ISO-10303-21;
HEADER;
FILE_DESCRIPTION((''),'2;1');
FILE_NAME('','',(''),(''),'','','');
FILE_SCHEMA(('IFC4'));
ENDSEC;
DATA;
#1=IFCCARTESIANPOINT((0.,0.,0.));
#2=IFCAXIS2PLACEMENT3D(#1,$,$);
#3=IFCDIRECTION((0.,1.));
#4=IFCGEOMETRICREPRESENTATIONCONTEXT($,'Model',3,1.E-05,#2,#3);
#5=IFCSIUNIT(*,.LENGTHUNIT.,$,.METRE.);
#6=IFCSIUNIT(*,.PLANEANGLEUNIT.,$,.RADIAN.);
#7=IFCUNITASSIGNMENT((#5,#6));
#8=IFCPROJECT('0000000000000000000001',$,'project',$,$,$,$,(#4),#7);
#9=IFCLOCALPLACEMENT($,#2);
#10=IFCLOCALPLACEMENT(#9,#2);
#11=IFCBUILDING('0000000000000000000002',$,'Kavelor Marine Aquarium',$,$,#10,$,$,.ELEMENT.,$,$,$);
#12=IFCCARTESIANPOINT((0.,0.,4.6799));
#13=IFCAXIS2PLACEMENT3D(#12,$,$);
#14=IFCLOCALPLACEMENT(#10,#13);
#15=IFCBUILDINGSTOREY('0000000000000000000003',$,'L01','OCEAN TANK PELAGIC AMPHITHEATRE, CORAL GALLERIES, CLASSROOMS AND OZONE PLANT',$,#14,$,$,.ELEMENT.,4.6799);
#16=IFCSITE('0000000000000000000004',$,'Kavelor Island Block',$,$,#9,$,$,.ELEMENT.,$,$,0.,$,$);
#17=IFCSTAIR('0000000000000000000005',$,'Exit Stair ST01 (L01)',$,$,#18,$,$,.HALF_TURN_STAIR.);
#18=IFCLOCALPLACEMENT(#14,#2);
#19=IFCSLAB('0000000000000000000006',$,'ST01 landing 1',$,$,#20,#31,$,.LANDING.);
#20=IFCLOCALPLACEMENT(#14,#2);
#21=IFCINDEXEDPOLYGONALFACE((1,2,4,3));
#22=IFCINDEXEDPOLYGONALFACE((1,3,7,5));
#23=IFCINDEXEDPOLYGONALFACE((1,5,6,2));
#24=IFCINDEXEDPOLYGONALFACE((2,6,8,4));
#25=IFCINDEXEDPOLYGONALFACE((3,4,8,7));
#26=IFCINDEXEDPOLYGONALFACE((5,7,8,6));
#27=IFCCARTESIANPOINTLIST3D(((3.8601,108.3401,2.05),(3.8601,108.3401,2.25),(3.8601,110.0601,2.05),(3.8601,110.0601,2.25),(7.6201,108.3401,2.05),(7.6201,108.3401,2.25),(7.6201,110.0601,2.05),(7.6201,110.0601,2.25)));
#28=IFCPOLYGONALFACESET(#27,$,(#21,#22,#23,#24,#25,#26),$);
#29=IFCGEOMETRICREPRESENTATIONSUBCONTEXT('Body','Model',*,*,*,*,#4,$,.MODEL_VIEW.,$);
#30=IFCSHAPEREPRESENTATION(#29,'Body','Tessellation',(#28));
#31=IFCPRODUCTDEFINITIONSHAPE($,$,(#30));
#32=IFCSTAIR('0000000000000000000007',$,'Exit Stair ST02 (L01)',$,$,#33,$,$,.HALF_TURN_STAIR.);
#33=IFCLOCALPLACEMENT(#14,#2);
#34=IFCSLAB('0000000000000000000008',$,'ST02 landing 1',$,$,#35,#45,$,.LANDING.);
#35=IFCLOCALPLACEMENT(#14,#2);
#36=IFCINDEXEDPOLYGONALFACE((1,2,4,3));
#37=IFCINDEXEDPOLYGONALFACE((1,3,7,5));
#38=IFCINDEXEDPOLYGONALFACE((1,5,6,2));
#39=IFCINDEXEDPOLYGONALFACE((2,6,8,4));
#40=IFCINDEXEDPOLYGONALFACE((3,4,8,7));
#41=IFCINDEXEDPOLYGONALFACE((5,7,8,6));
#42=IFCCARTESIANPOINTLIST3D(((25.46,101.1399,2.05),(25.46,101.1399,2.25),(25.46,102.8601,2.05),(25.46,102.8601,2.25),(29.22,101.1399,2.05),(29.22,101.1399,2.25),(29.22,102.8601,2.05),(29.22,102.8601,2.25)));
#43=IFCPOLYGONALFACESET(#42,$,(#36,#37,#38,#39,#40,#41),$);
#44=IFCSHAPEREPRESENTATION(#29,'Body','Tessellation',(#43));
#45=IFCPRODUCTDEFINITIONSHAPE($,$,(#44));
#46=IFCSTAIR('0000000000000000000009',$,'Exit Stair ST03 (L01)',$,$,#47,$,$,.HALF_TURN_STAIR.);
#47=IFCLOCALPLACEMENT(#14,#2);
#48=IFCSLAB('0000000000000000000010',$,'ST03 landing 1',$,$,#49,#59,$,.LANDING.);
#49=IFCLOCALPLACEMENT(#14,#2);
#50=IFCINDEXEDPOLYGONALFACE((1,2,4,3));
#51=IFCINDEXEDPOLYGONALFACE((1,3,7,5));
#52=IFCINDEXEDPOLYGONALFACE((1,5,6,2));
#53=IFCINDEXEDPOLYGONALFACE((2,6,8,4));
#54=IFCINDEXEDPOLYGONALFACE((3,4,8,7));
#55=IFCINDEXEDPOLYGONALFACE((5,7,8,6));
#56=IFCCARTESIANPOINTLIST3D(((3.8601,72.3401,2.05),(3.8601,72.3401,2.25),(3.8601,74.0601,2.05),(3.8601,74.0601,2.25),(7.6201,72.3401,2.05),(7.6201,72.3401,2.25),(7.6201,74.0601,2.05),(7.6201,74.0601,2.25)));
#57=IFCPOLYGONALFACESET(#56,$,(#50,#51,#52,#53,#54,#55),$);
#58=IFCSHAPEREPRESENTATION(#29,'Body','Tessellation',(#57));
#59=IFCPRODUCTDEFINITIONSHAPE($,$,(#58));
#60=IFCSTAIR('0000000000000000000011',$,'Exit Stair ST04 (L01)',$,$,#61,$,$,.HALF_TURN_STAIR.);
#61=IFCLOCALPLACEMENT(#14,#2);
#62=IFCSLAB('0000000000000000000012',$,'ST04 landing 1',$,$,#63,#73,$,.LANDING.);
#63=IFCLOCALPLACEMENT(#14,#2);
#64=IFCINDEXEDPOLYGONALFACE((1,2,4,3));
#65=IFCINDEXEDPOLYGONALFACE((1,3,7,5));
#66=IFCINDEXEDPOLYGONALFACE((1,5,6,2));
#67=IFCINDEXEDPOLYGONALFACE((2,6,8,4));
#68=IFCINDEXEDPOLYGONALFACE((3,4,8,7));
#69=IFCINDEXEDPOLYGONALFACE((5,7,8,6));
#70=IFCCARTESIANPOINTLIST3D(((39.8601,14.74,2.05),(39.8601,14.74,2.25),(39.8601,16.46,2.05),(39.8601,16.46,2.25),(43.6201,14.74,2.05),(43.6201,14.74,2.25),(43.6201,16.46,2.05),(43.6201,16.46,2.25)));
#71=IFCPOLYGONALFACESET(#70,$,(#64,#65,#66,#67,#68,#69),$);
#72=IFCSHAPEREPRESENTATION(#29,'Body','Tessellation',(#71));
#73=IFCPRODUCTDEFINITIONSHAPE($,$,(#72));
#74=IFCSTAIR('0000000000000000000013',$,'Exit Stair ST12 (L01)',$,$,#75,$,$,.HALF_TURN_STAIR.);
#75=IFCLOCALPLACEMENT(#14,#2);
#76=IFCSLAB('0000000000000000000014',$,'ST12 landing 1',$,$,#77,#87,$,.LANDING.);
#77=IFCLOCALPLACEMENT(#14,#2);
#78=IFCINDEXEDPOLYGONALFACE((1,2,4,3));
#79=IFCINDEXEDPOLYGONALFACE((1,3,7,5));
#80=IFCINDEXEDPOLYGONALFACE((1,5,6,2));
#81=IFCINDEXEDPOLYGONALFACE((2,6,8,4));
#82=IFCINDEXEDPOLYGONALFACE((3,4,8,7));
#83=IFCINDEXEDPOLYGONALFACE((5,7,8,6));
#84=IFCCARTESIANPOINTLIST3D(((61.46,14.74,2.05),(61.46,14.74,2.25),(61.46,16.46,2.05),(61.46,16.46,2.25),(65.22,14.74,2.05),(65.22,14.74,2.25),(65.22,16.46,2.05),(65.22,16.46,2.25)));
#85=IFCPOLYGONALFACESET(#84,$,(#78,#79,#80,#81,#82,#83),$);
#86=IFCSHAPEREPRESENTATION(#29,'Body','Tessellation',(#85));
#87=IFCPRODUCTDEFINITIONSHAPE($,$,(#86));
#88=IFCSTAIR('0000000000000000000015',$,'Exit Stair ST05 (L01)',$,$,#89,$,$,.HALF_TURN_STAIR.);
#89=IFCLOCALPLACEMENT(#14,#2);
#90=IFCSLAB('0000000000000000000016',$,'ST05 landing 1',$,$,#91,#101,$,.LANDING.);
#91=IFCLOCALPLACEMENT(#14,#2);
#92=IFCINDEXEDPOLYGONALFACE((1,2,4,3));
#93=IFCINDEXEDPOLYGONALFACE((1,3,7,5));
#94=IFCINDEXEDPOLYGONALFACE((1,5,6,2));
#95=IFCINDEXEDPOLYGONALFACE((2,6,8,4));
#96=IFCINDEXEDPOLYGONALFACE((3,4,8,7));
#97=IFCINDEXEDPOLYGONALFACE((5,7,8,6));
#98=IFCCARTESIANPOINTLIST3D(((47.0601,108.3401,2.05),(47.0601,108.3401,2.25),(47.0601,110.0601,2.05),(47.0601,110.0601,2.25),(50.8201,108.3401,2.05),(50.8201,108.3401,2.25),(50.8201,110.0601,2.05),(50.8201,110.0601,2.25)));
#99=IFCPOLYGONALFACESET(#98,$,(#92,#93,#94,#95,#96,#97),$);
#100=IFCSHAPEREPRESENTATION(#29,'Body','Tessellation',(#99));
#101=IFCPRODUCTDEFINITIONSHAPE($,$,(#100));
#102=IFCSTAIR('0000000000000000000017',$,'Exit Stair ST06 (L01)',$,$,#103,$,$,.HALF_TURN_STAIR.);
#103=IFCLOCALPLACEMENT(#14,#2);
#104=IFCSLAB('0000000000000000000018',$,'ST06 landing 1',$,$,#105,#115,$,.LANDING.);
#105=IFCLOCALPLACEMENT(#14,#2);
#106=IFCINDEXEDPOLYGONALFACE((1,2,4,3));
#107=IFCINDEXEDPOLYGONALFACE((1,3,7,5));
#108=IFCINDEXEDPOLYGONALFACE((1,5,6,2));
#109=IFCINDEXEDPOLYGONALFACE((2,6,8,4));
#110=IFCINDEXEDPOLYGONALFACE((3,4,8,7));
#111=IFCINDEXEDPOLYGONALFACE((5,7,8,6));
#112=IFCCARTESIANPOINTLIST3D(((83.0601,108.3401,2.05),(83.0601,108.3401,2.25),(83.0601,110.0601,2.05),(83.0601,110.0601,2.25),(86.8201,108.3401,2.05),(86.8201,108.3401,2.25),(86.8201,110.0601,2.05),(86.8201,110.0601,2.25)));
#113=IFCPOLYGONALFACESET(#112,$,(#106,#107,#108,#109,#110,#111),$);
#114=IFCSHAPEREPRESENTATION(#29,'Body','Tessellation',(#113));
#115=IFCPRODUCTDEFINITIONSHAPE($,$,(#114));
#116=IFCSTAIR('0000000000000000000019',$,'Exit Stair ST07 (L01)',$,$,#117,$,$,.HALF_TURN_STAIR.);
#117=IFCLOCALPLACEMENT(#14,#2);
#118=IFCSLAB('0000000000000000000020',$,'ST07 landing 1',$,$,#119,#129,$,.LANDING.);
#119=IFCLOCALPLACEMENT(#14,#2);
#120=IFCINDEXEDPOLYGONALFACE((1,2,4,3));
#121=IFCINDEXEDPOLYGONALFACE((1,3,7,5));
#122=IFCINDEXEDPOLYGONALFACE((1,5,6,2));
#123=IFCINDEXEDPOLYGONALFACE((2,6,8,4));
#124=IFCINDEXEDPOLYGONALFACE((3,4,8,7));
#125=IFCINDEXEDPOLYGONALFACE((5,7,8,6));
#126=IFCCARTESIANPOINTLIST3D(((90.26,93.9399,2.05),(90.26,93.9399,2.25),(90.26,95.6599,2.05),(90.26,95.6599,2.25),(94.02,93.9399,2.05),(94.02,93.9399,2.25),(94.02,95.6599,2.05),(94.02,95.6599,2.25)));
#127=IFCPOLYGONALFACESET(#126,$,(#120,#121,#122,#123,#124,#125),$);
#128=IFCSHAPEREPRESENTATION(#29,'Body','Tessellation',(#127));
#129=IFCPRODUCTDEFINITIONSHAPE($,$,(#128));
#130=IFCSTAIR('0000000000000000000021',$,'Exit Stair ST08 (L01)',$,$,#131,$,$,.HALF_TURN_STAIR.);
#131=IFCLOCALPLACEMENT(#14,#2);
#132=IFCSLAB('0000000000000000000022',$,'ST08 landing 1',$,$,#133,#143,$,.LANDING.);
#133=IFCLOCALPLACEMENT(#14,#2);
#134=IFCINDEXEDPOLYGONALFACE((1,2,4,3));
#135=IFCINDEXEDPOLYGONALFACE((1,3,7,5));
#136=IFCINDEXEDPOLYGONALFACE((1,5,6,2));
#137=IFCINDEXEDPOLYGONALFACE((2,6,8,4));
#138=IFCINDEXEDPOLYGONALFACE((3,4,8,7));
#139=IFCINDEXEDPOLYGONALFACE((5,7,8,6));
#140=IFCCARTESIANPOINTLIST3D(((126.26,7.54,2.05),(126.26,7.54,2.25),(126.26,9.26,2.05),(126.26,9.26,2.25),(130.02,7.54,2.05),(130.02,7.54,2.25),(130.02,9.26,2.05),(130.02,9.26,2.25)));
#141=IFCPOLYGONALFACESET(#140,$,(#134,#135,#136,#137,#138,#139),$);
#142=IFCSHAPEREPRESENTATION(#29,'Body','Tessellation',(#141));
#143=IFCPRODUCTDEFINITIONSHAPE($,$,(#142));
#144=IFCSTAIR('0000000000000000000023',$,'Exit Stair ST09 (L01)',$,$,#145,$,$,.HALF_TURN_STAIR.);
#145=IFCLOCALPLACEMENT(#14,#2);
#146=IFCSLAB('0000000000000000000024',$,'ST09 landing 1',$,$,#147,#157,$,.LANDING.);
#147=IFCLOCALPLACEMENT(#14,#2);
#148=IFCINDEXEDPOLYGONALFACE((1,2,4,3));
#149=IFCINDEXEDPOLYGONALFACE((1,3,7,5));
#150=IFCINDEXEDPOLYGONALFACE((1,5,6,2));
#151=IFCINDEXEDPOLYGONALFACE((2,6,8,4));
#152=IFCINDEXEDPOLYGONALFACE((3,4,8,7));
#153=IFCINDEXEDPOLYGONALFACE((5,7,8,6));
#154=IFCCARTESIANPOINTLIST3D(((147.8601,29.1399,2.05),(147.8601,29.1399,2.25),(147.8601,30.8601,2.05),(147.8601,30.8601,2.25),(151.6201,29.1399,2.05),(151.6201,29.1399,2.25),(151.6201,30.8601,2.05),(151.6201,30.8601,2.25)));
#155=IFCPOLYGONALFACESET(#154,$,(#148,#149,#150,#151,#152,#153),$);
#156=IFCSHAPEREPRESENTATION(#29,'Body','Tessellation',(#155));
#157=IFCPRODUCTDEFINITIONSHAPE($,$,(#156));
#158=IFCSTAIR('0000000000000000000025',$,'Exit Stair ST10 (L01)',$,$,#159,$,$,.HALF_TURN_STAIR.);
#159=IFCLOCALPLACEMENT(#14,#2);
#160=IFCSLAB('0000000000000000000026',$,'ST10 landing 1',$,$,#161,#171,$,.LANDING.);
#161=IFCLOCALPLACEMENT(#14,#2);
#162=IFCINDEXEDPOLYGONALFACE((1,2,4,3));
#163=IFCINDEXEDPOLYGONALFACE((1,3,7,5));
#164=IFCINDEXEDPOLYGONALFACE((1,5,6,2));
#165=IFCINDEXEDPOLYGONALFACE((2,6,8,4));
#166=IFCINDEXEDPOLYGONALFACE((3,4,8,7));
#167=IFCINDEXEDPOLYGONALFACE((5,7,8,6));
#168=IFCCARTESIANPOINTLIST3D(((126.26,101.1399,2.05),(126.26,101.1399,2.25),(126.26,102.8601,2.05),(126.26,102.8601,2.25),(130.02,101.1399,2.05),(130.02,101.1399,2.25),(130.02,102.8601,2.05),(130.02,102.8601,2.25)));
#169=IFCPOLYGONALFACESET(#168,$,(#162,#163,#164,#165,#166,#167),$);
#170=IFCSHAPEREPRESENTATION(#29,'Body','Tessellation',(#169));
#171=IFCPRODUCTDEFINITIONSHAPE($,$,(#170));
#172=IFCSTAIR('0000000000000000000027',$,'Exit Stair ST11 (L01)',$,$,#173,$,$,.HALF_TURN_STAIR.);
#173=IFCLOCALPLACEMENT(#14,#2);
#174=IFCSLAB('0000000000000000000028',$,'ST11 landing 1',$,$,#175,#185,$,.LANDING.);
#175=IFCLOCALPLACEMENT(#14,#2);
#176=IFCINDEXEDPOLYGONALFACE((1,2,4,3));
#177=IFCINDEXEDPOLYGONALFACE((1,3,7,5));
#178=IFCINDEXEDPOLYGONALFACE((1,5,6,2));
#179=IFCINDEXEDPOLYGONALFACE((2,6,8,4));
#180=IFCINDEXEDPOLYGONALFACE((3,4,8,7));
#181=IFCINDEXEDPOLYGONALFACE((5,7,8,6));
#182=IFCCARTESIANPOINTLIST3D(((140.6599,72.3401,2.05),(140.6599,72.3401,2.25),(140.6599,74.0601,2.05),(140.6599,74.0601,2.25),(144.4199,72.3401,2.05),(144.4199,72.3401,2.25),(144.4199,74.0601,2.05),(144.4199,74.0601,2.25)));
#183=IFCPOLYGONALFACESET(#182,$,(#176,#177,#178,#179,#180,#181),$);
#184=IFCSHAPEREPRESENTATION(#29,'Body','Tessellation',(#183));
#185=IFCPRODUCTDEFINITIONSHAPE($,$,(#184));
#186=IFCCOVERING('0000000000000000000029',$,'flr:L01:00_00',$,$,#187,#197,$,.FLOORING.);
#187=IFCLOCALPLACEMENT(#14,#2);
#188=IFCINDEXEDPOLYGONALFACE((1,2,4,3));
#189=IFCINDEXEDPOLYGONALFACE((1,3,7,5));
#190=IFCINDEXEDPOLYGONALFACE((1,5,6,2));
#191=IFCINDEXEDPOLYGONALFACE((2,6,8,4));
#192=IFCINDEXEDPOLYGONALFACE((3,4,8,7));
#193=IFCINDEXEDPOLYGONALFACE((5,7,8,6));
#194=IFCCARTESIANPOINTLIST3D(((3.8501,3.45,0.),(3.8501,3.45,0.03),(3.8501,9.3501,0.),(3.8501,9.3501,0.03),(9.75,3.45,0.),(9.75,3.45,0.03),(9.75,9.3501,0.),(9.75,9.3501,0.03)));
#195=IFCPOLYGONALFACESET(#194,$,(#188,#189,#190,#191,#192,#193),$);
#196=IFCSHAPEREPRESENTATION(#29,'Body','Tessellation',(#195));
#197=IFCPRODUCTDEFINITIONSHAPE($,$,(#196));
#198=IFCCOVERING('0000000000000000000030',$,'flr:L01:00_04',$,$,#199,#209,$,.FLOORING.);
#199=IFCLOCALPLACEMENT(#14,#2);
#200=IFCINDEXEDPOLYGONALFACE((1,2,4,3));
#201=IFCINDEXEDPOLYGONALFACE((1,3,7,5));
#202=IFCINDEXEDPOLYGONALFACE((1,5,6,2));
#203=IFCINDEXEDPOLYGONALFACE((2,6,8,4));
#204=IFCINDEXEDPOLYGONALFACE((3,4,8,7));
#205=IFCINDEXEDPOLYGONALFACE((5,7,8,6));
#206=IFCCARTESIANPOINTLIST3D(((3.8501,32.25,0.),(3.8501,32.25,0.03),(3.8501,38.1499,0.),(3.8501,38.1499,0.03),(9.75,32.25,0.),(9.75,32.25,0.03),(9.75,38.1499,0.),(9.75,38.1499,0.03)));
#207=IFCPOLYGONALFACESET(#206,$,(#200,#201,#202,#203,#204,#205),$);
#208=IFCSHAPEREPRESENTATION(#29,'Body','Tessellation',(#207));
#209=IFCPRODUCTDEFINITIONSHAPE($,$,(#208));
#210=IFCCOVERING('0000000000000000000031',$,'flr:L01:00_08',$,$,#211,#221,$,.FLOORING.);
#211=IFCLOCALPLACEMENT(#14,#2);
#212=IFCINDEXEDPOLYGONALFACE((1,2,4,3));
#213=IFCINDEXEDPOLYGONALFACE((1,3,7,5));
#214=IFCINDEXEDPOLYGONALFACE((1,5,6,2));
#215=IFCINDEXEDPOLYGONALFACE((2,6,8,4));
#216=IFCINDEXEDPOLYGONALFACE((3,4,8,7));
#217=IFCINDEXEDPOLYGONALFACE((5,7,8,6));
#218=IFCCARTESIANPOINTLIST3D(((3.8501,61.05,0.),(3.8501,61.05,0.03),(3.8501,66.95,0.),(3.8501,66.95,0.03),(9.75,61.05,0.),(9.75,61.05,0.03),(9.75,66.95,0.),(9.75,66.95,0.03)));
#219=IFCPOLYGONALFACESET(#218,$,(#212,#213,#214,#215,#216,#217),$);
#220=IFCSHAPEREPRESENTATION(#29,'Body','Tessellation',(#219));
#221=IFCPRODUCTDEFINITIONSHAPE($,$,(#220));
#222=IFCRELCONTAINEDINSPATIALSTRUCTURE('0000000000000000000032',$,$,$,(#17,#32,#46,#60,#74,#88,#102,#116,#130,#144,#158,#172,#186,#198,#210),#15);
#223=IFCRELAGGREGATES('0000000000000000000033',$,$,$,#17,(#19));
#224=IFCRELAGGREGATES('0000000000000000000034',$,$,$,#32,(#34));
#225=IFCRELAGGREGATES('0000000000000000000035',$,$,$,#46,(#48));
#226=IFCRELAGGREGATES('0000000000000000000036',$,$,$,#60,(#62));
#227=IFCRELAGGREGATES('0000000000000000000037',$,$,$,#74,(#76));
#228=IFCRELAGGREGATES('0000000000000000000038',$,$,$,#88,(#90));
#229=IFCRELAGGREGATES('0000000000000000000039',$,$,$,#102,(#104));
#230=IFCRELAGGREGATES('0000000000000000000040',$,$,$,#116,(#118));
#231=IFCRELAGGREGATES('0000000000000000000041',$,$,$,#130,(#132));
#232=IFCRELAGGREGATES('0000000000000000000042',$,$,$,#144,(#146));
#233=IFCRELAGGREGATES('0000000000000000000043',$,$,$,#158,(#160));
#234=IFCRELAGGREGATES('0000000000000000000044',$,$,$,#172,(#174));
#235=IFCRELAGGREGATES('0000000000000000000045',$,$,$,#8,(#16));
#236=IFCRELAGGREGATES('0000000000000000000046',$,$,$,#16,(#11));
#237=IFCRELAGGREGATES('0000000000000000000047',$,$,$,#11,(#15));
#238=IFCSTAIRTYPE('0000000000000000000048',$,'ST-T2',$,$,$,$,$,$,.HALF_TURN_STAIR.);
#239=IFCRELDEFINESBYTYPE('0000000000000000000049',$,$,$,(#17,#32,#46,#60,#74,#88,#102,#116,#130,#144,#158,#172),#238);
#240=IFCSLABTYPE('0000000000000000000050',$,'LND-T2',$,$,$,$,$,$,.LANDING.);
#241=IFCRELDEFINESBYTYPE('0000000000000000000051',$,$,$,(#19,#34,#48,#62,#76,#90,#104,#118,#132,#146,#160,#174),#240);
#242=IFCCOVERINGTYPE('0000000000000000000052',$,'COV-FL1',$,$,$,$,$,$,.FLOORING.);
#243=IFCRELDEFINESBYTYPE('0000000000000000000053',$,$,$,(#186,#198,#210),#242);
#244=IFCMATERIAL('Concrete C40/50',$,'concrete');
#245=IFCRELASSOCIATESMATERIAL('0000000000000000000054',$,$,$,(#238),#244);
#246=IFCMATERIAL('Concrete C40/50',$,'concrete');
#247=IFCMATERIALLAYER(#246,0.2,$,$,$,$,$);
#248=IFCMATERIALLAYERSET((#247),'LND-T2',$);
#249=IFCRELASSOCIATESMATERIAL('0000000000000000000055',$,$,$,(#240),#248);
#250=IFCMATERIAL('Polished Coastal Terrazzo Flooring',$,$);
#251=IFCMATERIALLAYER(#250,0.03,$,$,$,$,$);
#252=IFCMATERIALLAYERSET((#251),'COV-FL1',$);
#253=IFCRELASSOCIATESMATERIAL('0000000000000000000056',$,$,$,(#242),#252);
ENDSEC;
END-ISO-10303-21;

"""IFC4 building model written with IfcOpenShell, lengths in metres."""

from ifc_helpers import new_model, si_unit, direction, frame, origin, place, context, subcontext, project, spatial, polyline, outline, extrude, material, layer, layer_set, type_object, element, aggregate, save


model = new_model("IFC4")

# Units and contexts
model_context = context("Model", 3, precision=1e-05, world=origin(), true_north=direction((0.0, 1.0)))
body_context = subcontext(model_context, "Body", "Model", "MODEL_VIEW")
ifc_project = project(units=[si_unit("LENGTHUNIT", "METRE"), si_unit("PLANEANGLEUNIT", "RADIAN")], contexts=[model_context])

# Site, building, storey
site_placement = place(None, origin())
site = spatial("IfcSite", under=ifc_project, at=site_placement, Name="Kavelor Island Block", CompositionType="ELEMENT", RefElevation=0.0)
building_placement = place(site_placement, origin())
building = spatial("IfcBuilding", under=site, at=building_placement, Name="Kavelor Marine Aquarium", CompositionType="ELEMENT")
storey_placement = place(building_placement, frame((0.0, 0.0, 4.6799)))
storey = spatial("IfcBuildingStorey", under=building, at=storey_placement, Name="L01", Description="OCEAN TANK PELAGIC AMPHITHEATRE, CORAL GALLERIES, CLASSROOMS AND OZONE PLANT", CompositionType="ELEMENT", Elevation=4.6799)

# Stairs, slabs
ifc_material_1 = material(Name="Concrete C40/50", Category="concrete")
stair_type = type_object("IfcStairType", Name="ST-T2", PredefinedType="HALF_TURN_STAIR", material=ifc_material_1)
stair_1_placement = place(storey_placement, origin())
stair_1 = element("IfcStair", 1, at=stair_1_placement, inside=storey, type_object=stair_type, Name="Exit Stair ST01 (L01)", PredefinedType="HALF_TURN_STAIR")
ifc_material_2 = material(Name="Concrete C40/50", Category="concrete")
ifc_layer_1 = layer(ifc_material_2, 0.2)
ifc_layer_set_1 = layer_set([ifc_layer_1], Name="LND-T2")
slab_type = type_object("IfcSlabType", Name="LND-T2", PredefinedType="LANDING", material=ifc_layer_set_1)
slab_1_placement = place(storey_placement, frame((0.0, 0.0, 2.05)))
slab_1 = element("IfcSlab", 2, at=slab_1_placement, type_object=slab_type, Name="ST01 landing 1", PredefinedType="LANDING", context=body_context, shape_type="SweptSolid", body=[
    extrude(outline(polyline([(3.8601, 108.3401), (7.6201, 108.3401), (7.6201, 110.0601), (3.8601, 110.0601), (3.8601, 108.3401)])), origin(), (0.0, 0.0, 1.0), 0.2),
])
aggregate(stair_1, [slab_1])
stair_2_placement = place(storey_placement, origin())
stair_2 = element("IfcStair", 3, at=stair_2_placement, inside=storey, type_object=stair_type, Name="Exit Stair ST02 (L01)", PredefinedType="HALF_TURN_STAIR")
slab_2_placement = place(storey_placement, frame((0.0, 0.0, 2.05)))
slab_2 = element("IfcSlab", 4, at=slab_2_placement, type_object=slab_type, Name="ST02 landing 1", PredefinedType="LANDING", context=body_context, shape_type="SweptSolid", body=[
    extrude(outline(polyline([(25.46, 101.1399), (29.22, 101.1399), (29.22, 102.8601), (25.46, 102.8601), (25.46, 101.1399)])), origin(), (0.0, 0.0, 1.0), 0.2),
])
aggregate(stair_2, [slab_2])
stair_3_placement = place(storey_placement, origin())
stair_3 = element("IfcStair", 5, at=stair_3_placement, inside=storey, type_object=stair_type, Name="Exit Stair ST03 (L01)", PredefinedType="HALF_TURN_STAIR")
slab_3_placement = place(storey_placement, frame((0.0, 0.0, 2.05)))
slab_3 = element("IfcSlab", 6, at=slab_3_placement, type_object=slab_type, Name="ST03 landing 1", PredefinedType="LANDING", context=body_context, shape_type="SweptSolid", body=[
    extrude(outline(polyline([(3.8601, 72.3401), (7.6201, 72.3401), (7.6201, 74.0601), (3.8601, 74.0601), (3.8601, 72.3401)])), origin(), (0.0, 0.0, 1.0), 0.2),
])
aggregate(stair_3, [slab_3])
stair_4_placement = place(storey_placement, origin())
stair_4 = element("IfcStair", 7, at=stair_4_placement, inside=storey, type_object=stair_type, Name="Exit Stair ST04 (L01)", PredefinedType="HALF_TURN_STAIR")
slab_4_placement = place(storey_placement, frame((0.0, 0.0, 2.05)))
slab_4 = element("IfcSlab", 8, at=slab_4_placement, type_object=slab_type, Name="ST04 landing 1", PredefinedType="LANDING", context=body_context, shape_type="SweptSolid", body=[
    extrude(outline(polyline([(39.8601, 14.74), (43.6201, 14.74), (43.6201, 16.46), (39.8601, 16.46), (39.8601, 14.74)])), origin(), (0.0, 0.0, 1.0), 0.2),
])
aggregate(stair_4, [slab_4])
stair_5_placement = place(storey_placement, origin())
stair_5 = element("IfcStair", 9, at=stair_5_placement, inside=storey, type_object=stair_type, Name="Exit Stair ST12 (L01)", PredefinedType="HALF_TURN_STAIR")
slab_5_placement = place(storey_placement, frame((0.0, 0.0, 2.05)))
slab_5 = element("IfcSlab", 10, at=slab_5_placement, type_object=slab_type, Name="ST12 landing 1", PredefinedType="LANDING", context=body_context, shape_type="SweptSolid", body=[
    extrude(outline(polyline([(61.46, 14.74), (65.22, 14.74), (65.22, 16.46), (61.46, 16.46), (61.46, 14.74)])), origin(), (0.0, 0.0, 1.0), 0.2),
])
aggregate(stair_5, [slab_5])
stair_6_placement = place(storey_placement, origin())
stair_6 = element("IfcStair", 11, at=stair_6_placement, inside=storey, type_object=stair_type, Name="Exit Stair ST05 (L01)", PredefinedType="HALF_TURN_STAIR")
slab_6_placement = place(storey_placement, frame((0.0, 0.0, 2.05)))
slab_6 = element("IfcSlab", 12, at=slab_6_placement, type_object=slab_type, Name="ST05 landing 1", PredefinedType="LANDING", context=body_context, shape_type="SweptSolid", body=[
    extrude(outline(polyline([(47.0601, 108.3401), (50.8201, 108.3401), (50.8201, 110.0601), (47.0601, 110.0601), (47.0601, 108.3401)])), origin(), (0.0, 0.0, 1.0), 0.2),
])
aggregate(stair_6, [slab_6])
stair_7_placement = place(storey_placement, origin())
stair_7 = element("IfcStair", 13, at=stair_7_placement, inside=storey, type_object=stair_type, Name="Exit Stair ST06 (L01)", PredefinedType="HALF_TURN_STAIR")
slab_7_placement = place(storey_placement, frame((0.0, 0.0, 2.05)))
slab_7 = element("IfcSlab", 14, at=slab_7_placement, type_object=slab_type, Name="ST06 landing 1", PredefinedType="LANDING", context=body_context, shape_type="SweptSolid", body=[
    extrude(outline(polyline([(83.0601, 108.3401), (86.8201, 108.3401), (86.8201, 110.0601), (83.0601, 110.0601), (83.0601, 108.3401)])), origin(), (0.0, 0.0, 1.0), 0.2),
])
aggregate(stair_7, [slab_7])
stair_8_placement = place(storey_placement, origin())
stair_8 = element("IfcStair", 15, at=stair_8_placement, inside=storey, type_object=stair_type, Name="Exit Stair ST07 (L01)", PredefinedType="HALF_TURN_STAIR")
slab_8_placement = place(storey_placement, frame((0.0, 0.0, 2.05)))
slab_8 = element("IfcSlab", 16, at=slab_8_placement, type_object=slab_type, Name="ST07 landing 1", PredefinedType="LANDING", context=body_context, shape_type="SweptSolid", body=[
    extrude(outline(polyline([(90.26, 93.9399), (94.02, 93.9399), (94.02, 95.6599), (90.26, 95.6599), (90.26, 93.9399)])), origin(), (0.0, 0.0, 1.0), 0.2),
])
aggregate(stair_8, [slab_8])
stair_9_placement = place(storey_placement, origin())
stair_9 = element("IfcStair", 17, at=stair_9_placement, inside=storey, type_object=stair_type, Name="Exit Stair ST08 (L01)", PredefinedType="HALF_TURN_STAIR")
slab_9_placement = place(storey_placement, frame((0.0, 0.0, 2.05)))
slab_9 = element("IfcSlab", 18, at=slab_9_placement, type_object=slab_type, Name="ST08 landing 1", PredefinedType="LANDING", context=body_context, shape_type="SweptSolid", body=[
    extrude(outline(polyline([(126.26, 7.54), (130.02, 7.54), (130.02, 9.26), (126.26, 9.26), (126.26, 7.54)])), origin(), (0.0, 0.0, 1.0), 0.2),
])
aggregate(stair_9, [slab_9])
stair_10_placement = place(storey_placement, origin())
stair_10 = element("IfcStair", 19, at=stair_10_placement, inside=storey, type_object=stair_type, Name="Exit Stair ST09 (L01)", PredefinedType="HALF_TURN_STAIR")
slab_10_placement = place(storey_placement, frame((0.0, 0.0, 2.05)))
slab_10 = element("IfcSlab", 20, at=slab_10_placement, type_object=slab_type, Name="ST09 landing 1", PredefinedType="LANDING", context=body_context, shape_type="SweptSolid", body=[
    extrude(outline(polyline([(147.8601, 29.1399), (151.6201, 29.1399), (151.6201, 30.8601), (147.8601, 30.8601), (147.8601, 29.1399)])), origin(), (0.0, 0.0, 1.0), 0.2),
])
aggregate(stair_10, [slab_10])
stair_11_placement = place(storey_placement, origin())
stair_11 = element("IfcStair", 21, at=stair_11_placement, inside=storey, type_object=stair_type, Name="Exit Stair ST10 (L01)", PredefinedType="HALF_TURN_STAIR")
slab_11_placement = place(storey_placement, frame((0.0, 0.0, 2.05)))
slab_11 = element("IfcSlab", 22, at=slab_11_placement, type_object=slab_type, Name="ST10 landing 1", PredefinedType="LANDING", context=body_context, shape_type="SweptSolid", body=[
    extrude(outline(polyline([(126.26, 101.1399), (130.02, 101.1399), (130.02, 102.8601), (126.26, 102.8601), (126.26, 101.1399)])), origin(), (0.0, 0.0, 1.0), 0.2),
])
aggregate(stair_11, [slab_11])
stair_12_placement = place(storey_placement, origin())
stair_12 = element("IfcStair", 23, at=stair_12_placement, inside=storey, type_object=stair_type, Name="Exit Stair ST11 (L01)", PredefinedType="HALF_TURN_STAIR")
slab_12_placement = place(storey_placement, frame((0.0, 0.0, 2.05)))
slab_12 = element("IfcSlab", 24, at=slab_12_placement, type_object=slab_type, Name="ST11 landing 1", PredefinedType="LANDING", context=body_context, shape_type="SweptSolid", body=[
    extrude(outline(polyline([(140.6599, 72.3401), (144.4199, 72.3401), (144.4199, 74.0601), (140.6599, 74.0601), (140.6599, 72.3401)])), origin(), (0.0, 0.0, 1.0), 0.2),
])
aggregate(stair_12, [slab_12])

# Coverings
ifc_material_3 = material(Name="Polished Coastal Terrazzo Flooring")
ifc_layer_2 = layer(ifc_material_3, 0.03)
ifc_layer_set_2 = layer_set([ifc_layer_2], Name="COV-FL1")
covering_type_1 = type_object("IfcCoveringType", Name="COV-FL1", PredefinedType="FLOORING", material=ifc_layer_set_2)
covering_1_placement = place(storey_placement, origin())
element("IfcCovering", 25, at=covering_1_placement, inside=storey, type_object=covering_type_1, Name="flr:L01:00_00", PredefinedType="FLOORING", context=body_context, shape_type="SweptSolid", body=[
    extrude(outline(polyline([(3.8501, 3.45), (9.75, 3.45), (9.75, 9.3501), (3.8501, 9.3501), (3.8501, 3.45)])), origin(), (0.0, 0.0, 1.0), 0.03),
])
covering_2_placement = place(storey_placement, origin())
element("IfcCovering", 26, at=covering_2_placement, inside=storey, type_object=covering_type_1, Name="flr:L01:00_04", PredefinedType="FLOORING", context=body_context, shape_type="SweptSolid", body=[
    extrude(outline(polyline([(3.8501, 32.25), (9.75, 32.25), (9.75, 38.1499), (3.8501, 38.1499), (3.8501, 32.25)])), origin(), (0.0, 0.0, 1.0), 0.03),
])
covering_3_placement = place(storey_placement, origin())
element("IfcCovering", 27, at=covering_3_placement, inside=storey, type_object=covering_type_1, Name="flr:L01:00_08", PredefinedType="FLOORING", context=body_context, shape_type="SweptSolid", body=[
    extrude(outline(polyline([(3.8501, 61.05), (9.75, 61.05), (9.75, 66.95), (3.8501, 66.95), (3.8501, 61.05)])), origin(), (0.0, 0.0, 1.0), 0.03),
])

save(model, "model.ifc")
